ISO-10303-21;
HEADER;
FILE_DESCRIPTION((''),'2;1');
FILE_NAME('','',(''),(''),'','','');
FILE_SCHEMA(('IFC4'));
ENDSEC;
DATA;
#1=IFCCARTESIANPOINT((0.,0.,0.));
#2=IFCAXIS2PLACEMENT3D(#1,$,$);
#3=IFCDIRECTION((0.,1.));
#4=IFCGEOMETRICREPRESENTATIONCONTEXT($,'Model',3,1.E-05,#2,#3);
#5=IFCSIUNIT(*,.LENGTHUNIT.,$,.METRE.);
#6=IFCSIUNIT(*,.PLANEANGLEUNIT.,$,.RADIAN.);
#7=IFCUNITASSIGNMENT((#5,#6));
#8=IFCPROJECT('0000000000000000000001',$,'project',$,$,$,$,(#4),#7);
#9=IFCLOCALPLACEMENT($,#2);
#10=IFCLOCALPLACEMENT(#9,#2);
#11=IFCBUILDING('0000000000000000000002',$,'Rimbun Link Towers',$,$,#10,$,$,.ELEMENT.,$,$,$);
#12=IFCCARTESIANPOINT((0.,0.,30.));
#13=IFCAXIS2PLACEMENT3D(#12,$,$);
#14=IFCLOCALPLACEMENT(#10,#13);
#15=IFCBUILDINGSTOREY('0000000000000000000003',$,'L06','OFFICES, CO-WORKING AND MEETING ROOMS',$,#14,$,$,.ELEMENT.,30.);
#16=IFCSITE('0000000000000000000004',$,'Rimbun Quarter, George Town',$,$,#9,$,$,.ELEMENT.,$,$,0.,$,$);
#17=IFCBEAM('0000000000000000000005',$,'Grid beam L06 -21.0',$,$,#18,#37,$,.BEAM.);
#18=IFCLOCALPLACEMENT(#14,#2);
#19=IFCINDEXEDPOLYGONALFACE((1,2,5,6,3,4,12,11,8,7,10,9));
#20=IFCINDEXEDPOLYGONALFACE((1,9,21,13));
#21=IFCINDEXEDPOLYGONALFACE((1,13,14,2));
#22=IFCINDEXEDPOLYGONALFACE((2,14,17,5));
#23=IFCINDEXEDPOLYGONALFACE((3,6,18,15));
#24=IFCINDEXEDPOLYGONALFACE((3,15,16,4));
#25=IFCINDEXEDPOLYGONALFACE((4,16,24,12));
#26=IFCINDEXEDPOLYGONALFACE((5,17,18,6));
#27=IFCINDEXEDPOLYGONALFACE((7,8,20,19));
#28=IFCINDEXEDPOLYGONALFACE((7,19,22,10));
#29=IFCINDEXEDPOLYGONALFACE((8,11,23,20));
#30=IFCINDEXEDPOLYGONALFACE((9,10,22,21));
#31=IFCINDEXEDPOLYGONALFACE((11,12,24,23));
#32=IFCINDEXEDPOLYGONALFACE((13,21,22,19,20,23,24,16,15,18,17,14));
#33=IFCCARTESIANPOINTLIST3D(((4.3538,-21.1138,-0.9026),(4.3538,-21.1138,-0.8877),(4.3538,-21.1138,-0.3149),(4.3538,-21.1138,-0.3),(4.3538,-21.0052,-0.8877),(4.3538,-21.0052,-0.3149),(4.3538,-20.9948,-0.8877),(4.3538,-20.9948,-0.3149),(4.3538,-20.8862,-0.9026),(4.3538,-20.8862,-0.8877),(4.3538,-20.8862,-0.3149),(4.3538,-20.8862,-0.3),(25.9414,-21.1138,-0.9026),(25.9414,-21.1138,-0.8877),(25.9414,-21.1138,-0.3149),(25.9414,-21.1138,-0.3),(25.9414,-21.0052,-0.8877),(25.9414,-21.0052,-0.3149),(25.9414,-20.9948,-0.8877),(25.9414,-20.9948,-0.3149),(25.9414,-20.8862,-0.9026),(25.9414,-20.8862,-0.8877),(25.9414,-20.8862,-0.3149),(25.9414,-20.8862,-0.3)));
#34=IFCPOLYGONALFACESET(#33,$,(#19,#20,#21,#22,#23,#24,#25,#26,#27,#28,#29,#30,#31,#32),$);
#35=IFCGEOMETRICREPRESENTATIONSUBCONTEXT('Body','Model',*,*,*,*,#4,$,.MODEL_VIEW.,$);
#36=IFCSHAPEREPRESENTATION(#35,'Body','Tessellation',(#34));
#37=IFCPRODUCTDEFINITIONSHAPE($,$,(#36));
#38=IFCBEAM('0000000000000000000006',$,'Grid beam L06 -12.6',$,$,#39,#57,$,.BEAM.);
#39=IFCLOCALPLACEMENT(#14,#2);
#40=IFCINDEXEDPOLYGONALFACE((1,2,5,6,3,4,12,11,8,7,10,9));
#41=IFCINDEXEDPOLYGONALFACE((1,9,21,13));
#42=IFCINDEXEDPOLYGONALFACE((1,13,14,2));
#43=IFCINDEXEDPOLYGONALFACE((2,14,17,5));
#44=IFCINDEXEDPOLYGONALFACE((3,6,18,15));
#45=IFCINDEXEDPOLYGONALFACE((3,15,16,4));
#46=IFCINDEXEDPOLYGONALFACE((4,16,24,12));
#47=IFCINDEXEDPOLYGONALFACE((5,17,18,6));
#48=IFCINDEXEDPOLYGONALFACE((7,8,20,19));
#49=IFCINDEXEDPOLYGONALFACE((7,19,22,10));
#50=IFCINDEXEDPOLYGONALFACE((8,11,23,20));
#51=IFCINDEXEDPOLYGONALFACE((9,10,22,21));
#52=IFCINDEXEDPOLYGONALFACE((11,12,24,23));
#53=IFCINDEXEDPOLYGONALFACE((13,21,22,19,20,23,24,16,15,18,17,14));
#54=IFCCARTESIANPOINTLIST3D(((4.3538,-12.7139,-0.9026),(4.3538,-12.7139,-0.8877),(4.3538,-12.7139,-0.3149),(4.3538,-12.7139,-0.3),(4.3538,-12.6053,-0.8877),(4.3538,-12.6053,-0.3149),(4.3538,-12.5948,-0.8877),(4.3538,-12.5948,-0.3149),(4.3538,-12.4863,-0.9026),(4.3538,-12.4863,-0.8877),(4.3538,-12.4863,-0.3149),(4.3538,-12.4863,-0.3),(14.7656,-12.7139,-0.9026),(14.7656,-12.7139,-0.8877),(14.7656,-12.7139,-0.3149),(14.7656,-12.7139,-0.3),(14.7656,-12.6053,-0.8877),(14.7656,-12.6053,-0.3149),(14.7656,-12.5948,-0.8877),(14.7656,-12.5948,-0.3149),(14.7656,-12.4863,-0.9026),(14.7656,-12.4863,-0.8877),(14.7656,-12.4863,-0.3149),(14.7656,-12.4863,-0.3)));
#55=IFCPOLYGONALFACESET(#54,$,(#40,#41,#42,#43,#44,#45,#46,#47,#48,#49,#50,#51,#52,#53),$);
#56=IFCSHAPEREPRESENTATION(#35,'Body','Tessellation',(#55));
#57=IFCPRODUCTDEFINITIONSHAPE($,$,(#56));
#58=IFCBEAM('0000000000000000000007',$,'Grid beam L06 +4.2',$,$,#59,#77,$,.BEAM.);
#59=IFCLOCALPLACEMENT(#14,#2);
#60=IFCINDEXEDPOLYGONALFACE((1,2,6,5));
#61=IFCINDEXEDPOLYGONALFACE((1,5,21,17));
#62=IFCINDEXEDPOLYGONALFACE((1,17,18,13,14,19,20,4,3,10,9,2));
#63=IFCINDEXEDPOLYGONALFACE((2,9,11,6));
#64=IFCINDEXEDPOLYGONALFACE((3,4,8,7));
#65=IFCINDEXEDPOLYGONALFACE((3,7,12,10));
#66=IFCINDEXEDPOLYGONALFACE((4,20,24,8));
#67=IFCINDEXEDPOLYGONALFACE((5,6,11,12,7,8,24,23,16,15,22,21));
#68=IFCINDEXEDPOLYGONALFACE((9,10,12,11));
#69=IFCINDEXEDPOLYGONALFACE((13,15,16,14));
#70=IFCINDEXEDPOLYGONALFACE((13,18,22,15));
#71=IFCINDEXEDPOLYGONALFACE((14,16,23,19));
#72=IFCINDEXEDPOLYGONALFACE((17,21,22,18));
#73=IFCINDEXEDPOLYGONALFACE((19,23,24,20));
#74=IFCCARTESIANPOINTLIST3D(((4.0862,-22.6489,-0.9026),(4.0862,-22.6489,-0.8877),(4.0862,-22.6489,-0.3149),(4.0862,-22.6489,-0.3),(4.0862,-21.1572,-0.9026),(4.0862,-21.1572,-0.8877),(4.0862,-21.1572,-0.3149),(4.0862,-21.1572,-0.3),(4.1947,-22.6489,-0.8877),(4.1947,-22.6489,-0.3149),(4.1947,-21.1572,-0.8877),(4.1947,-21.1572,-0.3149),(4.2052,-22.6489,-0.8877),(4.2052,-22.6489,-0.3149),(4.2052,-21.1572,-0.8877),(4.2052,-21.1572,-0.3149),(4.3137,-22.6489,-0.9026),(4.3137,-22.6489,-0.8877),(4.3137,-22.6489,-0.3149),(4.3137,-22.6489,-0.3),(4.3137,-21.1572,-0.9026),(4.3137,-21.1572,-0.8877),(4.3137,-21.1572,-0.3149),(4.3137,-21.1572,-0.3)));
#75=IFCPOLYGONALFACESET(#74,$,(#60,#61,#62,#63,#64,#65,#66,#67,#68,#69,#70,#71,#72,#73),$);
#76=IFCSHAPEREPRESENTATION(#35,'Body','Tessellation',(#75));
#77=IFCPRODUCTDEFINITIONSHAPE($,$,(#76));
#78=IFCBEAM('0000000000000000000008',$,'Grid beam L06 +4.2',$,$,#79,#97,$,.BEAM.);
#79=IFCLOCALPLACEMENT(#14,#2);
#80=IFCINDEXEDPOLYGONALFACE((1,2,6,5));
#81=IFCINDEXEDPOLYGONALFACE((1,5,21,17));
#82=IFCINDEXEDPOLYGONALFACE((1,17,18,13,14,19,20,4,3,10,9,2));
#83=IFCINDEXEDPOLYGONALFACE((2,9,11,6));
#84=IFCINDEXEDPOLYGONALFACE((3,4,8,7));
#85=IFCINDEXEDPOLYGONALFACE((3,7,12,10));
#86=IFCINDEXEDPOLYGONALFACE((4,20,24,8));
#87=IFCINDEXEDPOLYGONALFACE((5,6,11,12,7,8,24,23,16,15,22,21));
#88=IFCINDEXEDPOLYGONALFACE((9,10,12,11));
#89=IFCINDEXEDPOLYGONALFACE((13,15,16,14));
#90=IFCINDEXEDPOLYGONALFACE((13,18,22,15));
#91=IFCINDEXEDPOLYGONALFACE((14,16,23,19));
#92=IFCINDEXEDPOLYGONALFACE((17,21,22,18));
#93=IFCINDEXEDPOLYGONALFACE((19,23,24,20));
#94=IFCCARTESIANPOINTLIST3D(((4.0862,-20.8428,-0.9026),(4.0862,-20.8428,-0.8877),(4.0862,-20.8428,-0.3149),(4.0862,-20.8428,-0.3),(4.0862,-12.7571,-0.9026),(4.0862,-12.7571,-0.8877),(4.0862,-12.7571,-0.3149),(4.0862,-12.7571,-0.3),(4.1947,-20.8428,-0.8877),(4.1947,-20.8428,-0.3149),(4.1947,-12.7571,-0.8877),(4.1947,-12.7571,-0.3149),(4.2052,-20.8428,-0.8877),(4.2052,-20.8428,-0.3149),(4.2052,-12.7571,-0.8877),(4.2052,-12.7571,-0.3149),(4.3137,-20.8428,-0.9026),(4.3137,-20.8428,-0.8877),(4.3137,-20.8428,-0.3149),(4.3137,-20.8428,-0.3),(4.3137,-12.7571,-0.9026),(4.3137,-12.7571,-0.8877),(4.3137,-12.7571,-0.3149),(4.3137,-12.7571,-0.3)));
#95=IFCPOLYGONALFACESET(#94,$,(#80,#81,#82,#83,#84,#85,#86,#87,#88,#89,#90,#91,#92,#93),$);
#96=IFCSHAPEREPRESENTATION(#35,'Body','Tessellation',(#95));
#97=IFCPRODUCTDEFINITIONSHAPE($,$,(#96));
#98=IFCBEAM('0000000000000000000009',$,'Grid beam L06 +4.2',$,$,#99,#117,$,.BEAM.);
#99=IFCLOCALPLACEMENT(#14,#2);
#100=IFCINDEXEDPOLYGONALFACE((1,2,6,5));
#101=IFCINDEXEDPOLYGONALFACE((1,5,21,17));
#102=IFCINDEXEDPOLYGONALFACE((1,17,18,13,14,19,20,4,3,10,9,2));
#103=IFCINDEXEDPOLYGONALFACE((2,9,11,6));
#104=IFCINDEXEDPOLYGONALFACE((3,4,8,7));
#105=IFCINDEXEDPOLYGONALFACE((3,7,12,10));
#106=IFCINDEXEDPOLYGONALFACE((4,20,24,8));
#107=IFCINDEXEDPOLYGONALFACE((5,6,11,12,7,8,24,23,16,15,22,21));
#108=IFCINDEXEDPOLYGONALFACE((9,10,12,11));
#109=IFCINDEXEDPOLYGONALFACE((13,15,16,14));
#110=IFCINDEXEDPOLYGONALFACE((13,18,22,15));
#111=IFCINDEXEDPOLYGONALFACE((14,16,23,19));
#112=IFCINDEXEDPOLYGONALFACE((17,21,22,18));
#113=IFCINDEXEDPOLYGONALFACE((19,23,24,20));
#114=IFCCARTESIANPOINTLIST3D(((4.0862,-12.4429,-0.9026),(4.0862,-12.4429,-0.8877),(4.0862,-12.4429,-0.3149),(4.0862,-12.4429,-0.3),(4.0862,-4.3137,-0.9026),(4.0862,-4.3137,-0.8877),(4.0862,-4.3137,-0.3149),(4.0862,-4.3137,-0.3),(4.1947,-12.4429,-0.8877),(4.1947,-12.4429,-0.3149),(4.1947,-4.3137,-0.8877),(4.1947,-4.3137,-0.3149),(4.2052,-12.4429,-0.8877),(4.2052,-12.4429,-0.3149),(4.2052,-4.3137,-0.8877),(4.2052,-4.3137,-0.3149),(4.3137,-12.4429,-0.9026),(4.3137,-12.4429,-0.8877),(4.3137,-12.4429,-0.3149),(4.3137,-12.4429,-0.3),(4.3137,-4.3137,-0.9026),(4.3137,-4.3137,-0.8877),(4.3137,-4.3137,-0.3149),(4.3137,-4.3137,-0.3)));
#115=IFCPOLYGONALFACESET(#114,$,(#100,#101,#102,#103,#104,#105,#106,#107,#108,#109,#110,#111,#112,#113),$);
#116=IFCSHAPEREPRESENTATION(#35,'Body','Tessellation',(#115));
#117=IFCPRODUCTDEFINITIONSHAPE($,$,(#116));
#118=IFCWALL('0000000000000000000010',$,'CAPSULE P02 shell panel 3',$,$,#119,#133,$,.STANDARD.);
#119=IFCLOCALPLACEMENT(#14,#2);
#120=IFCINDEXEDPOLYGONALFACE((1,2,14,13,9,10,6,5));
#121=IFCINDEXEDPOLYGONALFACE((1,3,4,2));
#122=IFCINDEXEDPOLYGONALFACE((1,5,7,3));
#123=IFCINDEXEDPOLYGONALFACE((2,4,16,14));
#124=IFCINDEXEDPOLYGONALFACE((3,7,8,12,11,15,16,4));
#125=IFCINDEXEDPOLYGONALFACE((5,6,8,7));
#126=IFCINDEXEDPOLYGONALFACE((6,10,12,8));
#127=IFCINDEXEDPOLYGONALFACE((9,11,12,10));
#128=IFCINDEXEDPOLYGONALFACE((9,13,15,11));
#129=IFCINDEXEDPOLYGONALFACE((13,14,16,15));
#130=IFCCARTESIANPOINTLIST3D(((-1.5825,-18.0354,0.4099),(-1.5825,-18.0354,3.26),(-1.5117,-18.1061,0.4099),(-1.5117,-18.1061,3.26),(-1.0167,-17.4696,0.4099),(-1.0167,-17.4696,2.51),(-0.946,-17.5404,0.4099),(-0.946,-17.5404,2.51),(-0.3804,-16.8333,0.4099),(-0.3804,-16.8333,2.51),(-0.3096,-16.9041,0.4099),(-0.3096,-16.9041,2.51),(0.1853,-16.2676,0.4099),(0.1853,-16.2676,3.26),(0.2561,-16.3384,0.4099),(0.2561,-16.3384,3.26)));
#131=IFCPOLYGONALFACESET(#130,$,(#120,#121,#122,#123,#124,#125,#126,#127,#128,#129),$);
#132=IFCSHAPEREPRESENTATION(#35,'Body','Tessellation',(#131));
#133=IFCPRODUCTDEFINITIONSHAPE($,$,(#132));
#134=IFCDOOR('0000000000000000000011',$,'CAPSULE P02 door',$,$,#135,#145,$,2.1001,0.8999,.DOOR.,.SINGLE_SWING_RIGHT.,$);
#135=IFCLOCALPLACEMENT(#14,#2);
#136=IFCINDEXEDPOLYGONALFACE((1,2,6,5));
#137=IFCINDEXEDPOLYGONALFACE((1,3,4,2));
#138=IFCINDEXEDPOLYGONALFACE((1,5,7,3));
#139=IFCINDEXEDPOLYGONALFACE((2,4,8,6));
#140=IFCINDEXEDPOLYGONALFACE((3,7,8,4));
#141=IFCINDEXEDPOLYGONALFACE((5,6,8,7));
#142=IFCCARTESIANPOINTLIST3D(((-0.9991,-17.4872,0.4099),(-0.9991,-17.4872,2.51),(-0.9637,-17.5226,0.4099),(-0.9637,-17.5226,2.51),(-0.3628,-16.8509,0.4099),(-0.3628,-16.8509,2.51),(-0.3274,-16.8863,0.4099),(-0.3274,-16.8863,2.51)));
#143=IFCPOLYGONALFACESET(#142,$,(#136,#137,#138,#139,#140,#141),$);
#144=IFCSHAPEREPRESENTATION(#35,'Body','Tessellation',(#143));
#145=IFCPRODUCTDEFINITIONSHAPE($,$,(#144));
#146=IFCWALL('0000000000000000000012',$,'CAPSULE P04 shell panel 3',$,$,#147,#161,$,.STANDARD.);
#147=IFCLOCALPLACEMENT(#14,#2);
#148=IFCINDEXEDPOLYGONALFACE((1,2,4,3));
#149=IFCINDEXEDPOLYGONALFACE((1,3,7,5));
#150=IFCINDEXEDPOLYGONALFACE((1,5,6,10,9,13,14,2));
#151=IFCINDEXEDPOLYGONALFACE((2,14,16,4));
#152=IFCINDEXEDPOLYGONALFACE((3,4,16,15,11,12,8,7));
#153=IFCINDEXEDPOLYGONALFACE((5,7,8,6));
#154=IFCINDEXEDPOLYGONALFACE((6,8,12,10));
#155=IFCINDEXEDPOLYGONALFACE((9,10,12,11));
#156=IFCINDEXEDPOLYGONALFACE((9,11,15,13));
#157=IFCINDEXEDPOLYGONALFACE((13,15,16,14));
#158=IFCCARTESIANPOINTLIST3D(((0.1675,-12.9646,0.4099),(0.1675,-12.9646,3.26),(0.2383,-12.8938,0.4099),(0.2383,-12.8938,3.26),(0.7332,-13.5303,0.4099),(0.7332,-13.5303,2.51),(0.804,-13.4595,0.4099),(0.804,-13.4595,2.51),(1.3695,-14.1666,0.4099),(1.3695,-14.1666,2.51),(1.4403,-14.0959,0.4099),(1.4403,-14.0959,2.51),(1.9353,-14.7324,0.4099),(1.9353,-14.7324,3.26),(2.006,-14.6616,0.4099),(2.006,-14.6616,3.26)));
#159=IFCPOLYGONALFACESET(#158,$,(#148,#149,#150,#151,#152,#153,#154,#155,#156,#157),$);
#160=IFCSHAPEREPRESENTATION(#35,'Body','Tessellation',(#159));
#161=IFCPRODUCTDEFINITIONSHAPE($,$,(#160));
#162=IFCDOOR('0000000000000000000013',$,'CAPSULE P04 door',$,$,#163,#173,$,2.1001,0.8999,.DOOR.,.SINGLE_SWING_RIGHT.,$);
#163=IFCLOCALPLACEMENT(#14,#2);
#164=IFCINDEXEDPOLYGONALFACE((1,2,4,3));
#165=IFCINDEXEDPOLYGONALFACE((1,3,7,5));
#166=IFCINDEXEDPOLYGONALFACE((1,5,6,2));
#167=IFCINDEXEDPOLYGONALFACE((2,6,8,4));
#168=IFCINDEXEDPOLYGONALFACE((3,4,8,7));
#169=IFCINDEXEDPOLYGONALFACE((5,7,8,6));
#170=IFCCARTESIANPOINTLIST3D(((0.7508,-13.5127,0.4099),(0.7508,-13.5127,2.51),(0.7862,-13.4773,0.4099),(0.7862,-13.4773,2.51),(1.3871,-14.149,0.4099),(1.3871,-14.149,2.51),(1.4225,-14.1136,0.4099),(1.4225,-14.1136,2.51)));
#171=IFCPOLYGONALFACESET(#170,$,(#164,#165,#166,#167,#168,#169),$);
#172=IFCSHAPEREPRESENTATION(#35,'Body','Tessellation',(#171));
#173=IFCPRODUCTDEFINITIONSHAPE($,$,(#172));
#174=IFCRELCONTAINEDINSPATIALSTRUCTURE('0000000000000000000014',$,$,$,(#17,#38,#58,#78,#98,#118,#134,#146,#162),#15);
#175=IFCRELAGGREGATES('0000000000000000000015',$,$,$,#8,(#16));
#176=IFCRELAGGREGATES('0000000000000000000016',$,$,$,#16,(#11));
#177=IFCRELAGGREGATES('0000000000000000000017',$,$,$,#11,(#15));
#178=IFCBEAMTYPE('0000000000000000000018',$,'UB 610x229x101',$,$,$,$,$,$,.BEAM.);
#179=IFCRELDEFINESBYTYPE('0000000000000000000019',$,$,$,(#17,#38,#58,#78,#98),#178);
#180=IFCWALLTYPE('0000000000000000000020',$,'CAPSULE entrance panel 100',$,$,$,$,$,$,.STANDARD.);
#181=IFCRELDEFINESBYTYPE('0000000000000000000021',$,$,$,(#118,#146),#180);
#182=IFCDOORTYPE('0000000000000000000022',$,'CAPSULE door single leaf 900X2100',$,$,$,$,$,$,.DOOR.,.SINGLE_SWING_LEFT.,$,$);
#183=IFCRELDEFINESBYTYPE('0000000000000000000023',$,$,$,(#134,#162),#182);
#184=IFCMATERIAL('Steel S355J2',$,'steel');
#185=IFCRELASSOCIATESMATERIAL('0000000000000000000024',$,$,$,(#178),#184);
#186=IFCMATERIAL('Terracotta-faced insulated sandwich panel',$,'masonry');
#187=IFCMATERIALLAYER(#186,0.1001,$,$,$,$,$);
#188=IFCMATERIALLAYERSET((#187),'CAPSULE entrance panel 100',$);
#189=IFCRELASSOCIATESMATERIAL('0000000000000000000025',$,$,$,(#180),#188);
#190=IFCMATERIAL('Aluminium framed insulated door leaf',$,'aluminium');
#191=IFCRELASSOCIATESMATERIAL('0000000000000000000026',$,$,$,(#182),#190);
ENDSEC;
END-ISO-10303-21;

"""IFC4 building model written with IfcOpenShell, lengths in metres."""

from ifc_helpers import new_model, si_unit, direction, frame, frame_2d, origin, origin_2d, place, context, subcontext, project, spatial, rectangle, i_section, extrude, material, layer, layer_set, material_profile, profile_set, type_object, element, fill, save


model = new_model("IFC4")

# Units and contexts
model_context = context("Model", 3, precision=1e-05, world=origin(), true_north=direction((0.0, 1.0)))
body_context = subcontext(model_context, "Body", "Model", "MODEL_VIEW")
ifc_project = project(units=[si_unit("LENGTHUNIT", "METRE"), si_unit("PLANEANGLEUNIT", "RADIAN")], contexts=[model_context])

# Site, building, storey
site_placement = place(None, origin())
site = spatial("IfcSite", under=ifc_project, at=site_placement, Name="Rimbun Quarter, George Town", CompositionType="ELEMENT", RefElevation=0.0)
building_placement = place(site_placement, origin())
building = spatial("IfcBuilding", under=site, at=building_placement, Name="Rimbun Link Towers", CompositionType="ELEMENT")
storey_placement = place(building_placement, frame((0.0, 0.0, 30.0)))
storey = spatial("IfcBuildingStorey", under=building, at=storey_placement, Name="L06", Description="OFFICES, CO-WORKING AND MEETING ROOMS", CompositionType="ELEMENT", Elevation=30.0)

# Beams
ifc_material_1 = material(Name="Steel S355J2", Category="steel")
ifc_material_profile = material_profile(ifc_material_1, i_section(OverallWidth=0.2275, OverallDepth=0.6025, WebThickness=0.0105, FlangeThickness=0.0149, at=origin_2d()), Name="UB 610x229x101")
ifc_profile_set = profile_set([ifc_material_profile], Name="Steel S355J2")
beam_type = type_object("IfcBeamType", Name="UB 610x229x101", PredefinedType="BEAM", material=ifc_profile_set)
beam_1_placement = place(storey_placement, frame((4.3538, -21.0, -0.6013), z_axis=(1.0, 0.0, 0.0), x_axis=(0.0, 1.0, 0.0)))
element("IfcBeam", 1, at=beam_1_placement, inside=storey, type_object=beam_type, Name="Grid beam L06 -21.0", PredefinedType="BEAM", context=body_context, shape_type="SweptSolid", body=[
    extrude(i_section(OverallWidth=0.2275, OverallDepth=0.6025, WebThickness=0.0105, FlangeThickness=0.0149, at=origin_2d()), origin(), (0.0, 0.0, 1.0), 21.5876),
])
beam_2_placement = place(storey_placement, frame((4.3538, -12.6001, -0.6013), z_axis=(1.0, 0.0, 0.0), x_axis=(0.0, 1.0, 0.0)))
element("IfcBeam", 2, at=beam_2_placement, inside=storey, type_object=beam_type, Name="Grid beam L06 -12.6", PredefinedType="BEAM", context=body_context, shape_type="SweptSolid", body=[
    extrude(i_section(OverallWidth=0.2275, OverallDepth=0.6025, WebThickness=0.0105, FlangeThickness=0.0149, at=origin_2d()), origin(), (0.0, 0.0, 1.0), 10.4119),
])
beam_3_placement = place(storey_placement, frame((4.2, -22.6489, -0.6013), z_axis=(0.0, 1.0, 0.0), x_axis=(-1.0, 0.0, 0.0)))
element("IfcBeam", 3, at=beam_3_placement, inside=storey, type_object=beam_type, Name="Grid beam L06 +4.2", PredefinedType="BEAM", context=body_context, shape_type="SweptSolid", body=[
    extrude(i_section(OverallWidth=0.2275, OverallDepth=0.6025, WebThickness=0.0105, FlangeThickness=0.0149, at=origin_2d()), origin(), (0.0, 0.0, 1.0), 1.4917),
])
beam_4_placement = place(storey_placement, frame((4.2, -20.8428, -0.6013), z_axis=(0.0, 1.0, 0.0), x_axis=(-1.0, 0.0, 0.0)))
element("IfcBeam", 4, at=beam_4_placement, inside=storey, type_object=beam_type, Name="Grid beam L06 +4.2", PredefinedType="BEAM", context=body_context, shape_type="SweptSolid", body=[
    extrude(i_section(OverallWidth=0.2275, OverallDepth=0.6025, WebThickness=0.0105, FlangeThickness=0.0149, at=origin_2d()), origin(), (0.0, 0.0, 1.0), 8.0857),
])
beam_5_placement = place(storey_placement, frame((4.2, -12.4429, -0.6013), z_axis=(0.0, 1.0, 0.0), x_axis=(-1.0, 0.0, 0.0)))
element("IfcBeam", 5, at=beam_5_placement, inside=storey, type_object=beam_type, Name="Grid beam L06 +4.2", PredefinedType="BEAM", context=body_context, shape_type="SweptSolid", body=[
    extrude(i_section(OverallWidth=0.2275, OverallDepth=0.6025, WebThickness=0.0105, FlangeThickness=0.0149, at=origin_2d()), origin(), (0.0, 0.0, 1.0), 8.1292),
])

# Walls, openings, doors
ifc_material_2 = material(Name="Terracotta-faced insulated sandwich panel", Category="masonry")
ifc_layer_1 = layer(ifc_material_2, 0.1001)
ifc_layer_set_1 = layer_set([ifc_layer_1], Name="CAPSULE entrance panel 100")
wall_type_1 = type_object("IfcWallType", Name="CAPSULE entrance panel 100", PredefinedType="STANDARD", material=ifc_layer_set_1)
wall_1_placement = place(storey_placement, frame((0.2207, -16.303, 0.4099), z_axis=(0.0, 0.0, 1.0), x_axis=(-0.707107, -0.707107, 0.0)))
wall_1 = element("IfcWall", 6, at=wall_1_placement, inside=storey, type_object=wall_type_1, Name="CAPSULE P02 shell panel 3", PredefinedType="STANDARD", context=body_context, shape_type="SweptSolid", body=[
    extrude(rectangle(XDim=2.5, YDim=0.1001, at=frame_2d((1.25, 0.0))), origin(), (0.0, 0.0, 1.0), 2.8501),
])
opening_1_placement = place(wall_1_placement, frame((0.8, 0.0, 0.0)))
opening_1 = element("IfcOpeningElement", 7, at=opening_1_placement, cuts=wall_1, PredefinedType="OPENING", context=body_context, shape_type="SweptSolid", body=[
    extrude(rectangle(XDim=0.8999, YDim=2.1001, at=frame_2d((0.45, 1.05))), frame((0.0, 0.0601, 0.0), z_axis=(0.0, -1.0, 0.0), x_axis=(1.0, 0.0, 0.0)), (0.0, 0.0, 1.0), 0.1201),
])
ifc_material_3 = material(Name="Aluminium framed insulated door leaf", Category="aluminium")
door_type = type_object("IfcDoorType", Name="CAPSULE door single leaf 900X2100", OperationType="SINGLE_SWING_LEFT", PredefinedType="DOOR", material=ifc_material_3)
door_1_placement = place(opening_1_placement, origin())
door_1 = element("IfcDoor", 8, at=door_1_placement, inside=storey, type_object=door_type, Name="CAPSULE P02 door", OperationType="SINGLE_SWING_RIGHT", OverallHeight=2.1001, OverallWidth=0.8999, PredefinedType="DOOR", context=body_context, shape_type="SweptSolid", body=[
    extrude(rectangle(XDim=0.8999, YDim=2.1001, at=frame_2d((0.45, 1.05))), frame((0.0, 0.0249, 0.0), z_axis=(0.0, -1.0, 0.0), x_axis=(1.0, 0.0, 0.0)), (0.0, 0.0, 1.0), 0.05),
])
fill(opening_1, door_1)
wall_2_placement = place(storey_placement, frame((0.2029, -12.9292, 0.4099), z_axis=(0.0, 0.0, 1.0), x_axis=(0.707107, -0.707107, 0.0)))
wall_2 = element("IfcWall", 9, at=wall_2_placement, inside=storey, type_object=wall_type_1, Name="CAPSULE P04 shell panel 3", PredefinedType="STANDARD", context=body_context, shape_type="SweptSolid", body=[
    extrude(rectangle(XDim=2.5, YDim=0.1001, at=frame_2d((1.25, 0.0))), origin(), (0.0, 0.0, 1.0), 2.8501),
])
opening_2_placement = place(wall_2_placement, frame((0.8, 0.0, 0.0)))
opening_2 = element("IfcOpeningElement", 10, at=opening_2_placement, cuts=wall_2, PredefinedType="OPENING", context=body_context, shape_type="SweptSolid", body=[
    extrude(rectangle(XDim=0.8999, YDim=2.1001, at=frame_2d((0.45, 1.05))), frame((0.0, 0.0601, 0.0), z_axis=(0.0, -1.0, 0.0), x_axis=(1.0, 0.0, 0.0)), (0.0, 0.0, 1.0), 0.1201),
])
door_2_placement = place(opening_2_placement, origin())
door_2 = element("IfcDoor", 11, at=door_2_placement, inside=storey, type_object=door_type, Name="CAPSULE P04 door", OperationType="SINGLE_SWING_RIGHT", OverallHeight=2.1001, OverallWidth=0.8999, PredefinedType="DOOR", context=body_context, shape_type="SweptSolid", body=[
    extrude(rectangle(XDim=0.8999, YDim=2.1001, at=frame_2d((0.45, 1.05))), frame((0.0, 0.0249, 0.0), z_axis=(0.0, -1.0, 0.0), x_axis=(1.0, 0.0, 0.0)), (0.0, 0.0, 1.0), 0.05),
])
fill(opening_2, door_2)

save(model, "model.ifc")
